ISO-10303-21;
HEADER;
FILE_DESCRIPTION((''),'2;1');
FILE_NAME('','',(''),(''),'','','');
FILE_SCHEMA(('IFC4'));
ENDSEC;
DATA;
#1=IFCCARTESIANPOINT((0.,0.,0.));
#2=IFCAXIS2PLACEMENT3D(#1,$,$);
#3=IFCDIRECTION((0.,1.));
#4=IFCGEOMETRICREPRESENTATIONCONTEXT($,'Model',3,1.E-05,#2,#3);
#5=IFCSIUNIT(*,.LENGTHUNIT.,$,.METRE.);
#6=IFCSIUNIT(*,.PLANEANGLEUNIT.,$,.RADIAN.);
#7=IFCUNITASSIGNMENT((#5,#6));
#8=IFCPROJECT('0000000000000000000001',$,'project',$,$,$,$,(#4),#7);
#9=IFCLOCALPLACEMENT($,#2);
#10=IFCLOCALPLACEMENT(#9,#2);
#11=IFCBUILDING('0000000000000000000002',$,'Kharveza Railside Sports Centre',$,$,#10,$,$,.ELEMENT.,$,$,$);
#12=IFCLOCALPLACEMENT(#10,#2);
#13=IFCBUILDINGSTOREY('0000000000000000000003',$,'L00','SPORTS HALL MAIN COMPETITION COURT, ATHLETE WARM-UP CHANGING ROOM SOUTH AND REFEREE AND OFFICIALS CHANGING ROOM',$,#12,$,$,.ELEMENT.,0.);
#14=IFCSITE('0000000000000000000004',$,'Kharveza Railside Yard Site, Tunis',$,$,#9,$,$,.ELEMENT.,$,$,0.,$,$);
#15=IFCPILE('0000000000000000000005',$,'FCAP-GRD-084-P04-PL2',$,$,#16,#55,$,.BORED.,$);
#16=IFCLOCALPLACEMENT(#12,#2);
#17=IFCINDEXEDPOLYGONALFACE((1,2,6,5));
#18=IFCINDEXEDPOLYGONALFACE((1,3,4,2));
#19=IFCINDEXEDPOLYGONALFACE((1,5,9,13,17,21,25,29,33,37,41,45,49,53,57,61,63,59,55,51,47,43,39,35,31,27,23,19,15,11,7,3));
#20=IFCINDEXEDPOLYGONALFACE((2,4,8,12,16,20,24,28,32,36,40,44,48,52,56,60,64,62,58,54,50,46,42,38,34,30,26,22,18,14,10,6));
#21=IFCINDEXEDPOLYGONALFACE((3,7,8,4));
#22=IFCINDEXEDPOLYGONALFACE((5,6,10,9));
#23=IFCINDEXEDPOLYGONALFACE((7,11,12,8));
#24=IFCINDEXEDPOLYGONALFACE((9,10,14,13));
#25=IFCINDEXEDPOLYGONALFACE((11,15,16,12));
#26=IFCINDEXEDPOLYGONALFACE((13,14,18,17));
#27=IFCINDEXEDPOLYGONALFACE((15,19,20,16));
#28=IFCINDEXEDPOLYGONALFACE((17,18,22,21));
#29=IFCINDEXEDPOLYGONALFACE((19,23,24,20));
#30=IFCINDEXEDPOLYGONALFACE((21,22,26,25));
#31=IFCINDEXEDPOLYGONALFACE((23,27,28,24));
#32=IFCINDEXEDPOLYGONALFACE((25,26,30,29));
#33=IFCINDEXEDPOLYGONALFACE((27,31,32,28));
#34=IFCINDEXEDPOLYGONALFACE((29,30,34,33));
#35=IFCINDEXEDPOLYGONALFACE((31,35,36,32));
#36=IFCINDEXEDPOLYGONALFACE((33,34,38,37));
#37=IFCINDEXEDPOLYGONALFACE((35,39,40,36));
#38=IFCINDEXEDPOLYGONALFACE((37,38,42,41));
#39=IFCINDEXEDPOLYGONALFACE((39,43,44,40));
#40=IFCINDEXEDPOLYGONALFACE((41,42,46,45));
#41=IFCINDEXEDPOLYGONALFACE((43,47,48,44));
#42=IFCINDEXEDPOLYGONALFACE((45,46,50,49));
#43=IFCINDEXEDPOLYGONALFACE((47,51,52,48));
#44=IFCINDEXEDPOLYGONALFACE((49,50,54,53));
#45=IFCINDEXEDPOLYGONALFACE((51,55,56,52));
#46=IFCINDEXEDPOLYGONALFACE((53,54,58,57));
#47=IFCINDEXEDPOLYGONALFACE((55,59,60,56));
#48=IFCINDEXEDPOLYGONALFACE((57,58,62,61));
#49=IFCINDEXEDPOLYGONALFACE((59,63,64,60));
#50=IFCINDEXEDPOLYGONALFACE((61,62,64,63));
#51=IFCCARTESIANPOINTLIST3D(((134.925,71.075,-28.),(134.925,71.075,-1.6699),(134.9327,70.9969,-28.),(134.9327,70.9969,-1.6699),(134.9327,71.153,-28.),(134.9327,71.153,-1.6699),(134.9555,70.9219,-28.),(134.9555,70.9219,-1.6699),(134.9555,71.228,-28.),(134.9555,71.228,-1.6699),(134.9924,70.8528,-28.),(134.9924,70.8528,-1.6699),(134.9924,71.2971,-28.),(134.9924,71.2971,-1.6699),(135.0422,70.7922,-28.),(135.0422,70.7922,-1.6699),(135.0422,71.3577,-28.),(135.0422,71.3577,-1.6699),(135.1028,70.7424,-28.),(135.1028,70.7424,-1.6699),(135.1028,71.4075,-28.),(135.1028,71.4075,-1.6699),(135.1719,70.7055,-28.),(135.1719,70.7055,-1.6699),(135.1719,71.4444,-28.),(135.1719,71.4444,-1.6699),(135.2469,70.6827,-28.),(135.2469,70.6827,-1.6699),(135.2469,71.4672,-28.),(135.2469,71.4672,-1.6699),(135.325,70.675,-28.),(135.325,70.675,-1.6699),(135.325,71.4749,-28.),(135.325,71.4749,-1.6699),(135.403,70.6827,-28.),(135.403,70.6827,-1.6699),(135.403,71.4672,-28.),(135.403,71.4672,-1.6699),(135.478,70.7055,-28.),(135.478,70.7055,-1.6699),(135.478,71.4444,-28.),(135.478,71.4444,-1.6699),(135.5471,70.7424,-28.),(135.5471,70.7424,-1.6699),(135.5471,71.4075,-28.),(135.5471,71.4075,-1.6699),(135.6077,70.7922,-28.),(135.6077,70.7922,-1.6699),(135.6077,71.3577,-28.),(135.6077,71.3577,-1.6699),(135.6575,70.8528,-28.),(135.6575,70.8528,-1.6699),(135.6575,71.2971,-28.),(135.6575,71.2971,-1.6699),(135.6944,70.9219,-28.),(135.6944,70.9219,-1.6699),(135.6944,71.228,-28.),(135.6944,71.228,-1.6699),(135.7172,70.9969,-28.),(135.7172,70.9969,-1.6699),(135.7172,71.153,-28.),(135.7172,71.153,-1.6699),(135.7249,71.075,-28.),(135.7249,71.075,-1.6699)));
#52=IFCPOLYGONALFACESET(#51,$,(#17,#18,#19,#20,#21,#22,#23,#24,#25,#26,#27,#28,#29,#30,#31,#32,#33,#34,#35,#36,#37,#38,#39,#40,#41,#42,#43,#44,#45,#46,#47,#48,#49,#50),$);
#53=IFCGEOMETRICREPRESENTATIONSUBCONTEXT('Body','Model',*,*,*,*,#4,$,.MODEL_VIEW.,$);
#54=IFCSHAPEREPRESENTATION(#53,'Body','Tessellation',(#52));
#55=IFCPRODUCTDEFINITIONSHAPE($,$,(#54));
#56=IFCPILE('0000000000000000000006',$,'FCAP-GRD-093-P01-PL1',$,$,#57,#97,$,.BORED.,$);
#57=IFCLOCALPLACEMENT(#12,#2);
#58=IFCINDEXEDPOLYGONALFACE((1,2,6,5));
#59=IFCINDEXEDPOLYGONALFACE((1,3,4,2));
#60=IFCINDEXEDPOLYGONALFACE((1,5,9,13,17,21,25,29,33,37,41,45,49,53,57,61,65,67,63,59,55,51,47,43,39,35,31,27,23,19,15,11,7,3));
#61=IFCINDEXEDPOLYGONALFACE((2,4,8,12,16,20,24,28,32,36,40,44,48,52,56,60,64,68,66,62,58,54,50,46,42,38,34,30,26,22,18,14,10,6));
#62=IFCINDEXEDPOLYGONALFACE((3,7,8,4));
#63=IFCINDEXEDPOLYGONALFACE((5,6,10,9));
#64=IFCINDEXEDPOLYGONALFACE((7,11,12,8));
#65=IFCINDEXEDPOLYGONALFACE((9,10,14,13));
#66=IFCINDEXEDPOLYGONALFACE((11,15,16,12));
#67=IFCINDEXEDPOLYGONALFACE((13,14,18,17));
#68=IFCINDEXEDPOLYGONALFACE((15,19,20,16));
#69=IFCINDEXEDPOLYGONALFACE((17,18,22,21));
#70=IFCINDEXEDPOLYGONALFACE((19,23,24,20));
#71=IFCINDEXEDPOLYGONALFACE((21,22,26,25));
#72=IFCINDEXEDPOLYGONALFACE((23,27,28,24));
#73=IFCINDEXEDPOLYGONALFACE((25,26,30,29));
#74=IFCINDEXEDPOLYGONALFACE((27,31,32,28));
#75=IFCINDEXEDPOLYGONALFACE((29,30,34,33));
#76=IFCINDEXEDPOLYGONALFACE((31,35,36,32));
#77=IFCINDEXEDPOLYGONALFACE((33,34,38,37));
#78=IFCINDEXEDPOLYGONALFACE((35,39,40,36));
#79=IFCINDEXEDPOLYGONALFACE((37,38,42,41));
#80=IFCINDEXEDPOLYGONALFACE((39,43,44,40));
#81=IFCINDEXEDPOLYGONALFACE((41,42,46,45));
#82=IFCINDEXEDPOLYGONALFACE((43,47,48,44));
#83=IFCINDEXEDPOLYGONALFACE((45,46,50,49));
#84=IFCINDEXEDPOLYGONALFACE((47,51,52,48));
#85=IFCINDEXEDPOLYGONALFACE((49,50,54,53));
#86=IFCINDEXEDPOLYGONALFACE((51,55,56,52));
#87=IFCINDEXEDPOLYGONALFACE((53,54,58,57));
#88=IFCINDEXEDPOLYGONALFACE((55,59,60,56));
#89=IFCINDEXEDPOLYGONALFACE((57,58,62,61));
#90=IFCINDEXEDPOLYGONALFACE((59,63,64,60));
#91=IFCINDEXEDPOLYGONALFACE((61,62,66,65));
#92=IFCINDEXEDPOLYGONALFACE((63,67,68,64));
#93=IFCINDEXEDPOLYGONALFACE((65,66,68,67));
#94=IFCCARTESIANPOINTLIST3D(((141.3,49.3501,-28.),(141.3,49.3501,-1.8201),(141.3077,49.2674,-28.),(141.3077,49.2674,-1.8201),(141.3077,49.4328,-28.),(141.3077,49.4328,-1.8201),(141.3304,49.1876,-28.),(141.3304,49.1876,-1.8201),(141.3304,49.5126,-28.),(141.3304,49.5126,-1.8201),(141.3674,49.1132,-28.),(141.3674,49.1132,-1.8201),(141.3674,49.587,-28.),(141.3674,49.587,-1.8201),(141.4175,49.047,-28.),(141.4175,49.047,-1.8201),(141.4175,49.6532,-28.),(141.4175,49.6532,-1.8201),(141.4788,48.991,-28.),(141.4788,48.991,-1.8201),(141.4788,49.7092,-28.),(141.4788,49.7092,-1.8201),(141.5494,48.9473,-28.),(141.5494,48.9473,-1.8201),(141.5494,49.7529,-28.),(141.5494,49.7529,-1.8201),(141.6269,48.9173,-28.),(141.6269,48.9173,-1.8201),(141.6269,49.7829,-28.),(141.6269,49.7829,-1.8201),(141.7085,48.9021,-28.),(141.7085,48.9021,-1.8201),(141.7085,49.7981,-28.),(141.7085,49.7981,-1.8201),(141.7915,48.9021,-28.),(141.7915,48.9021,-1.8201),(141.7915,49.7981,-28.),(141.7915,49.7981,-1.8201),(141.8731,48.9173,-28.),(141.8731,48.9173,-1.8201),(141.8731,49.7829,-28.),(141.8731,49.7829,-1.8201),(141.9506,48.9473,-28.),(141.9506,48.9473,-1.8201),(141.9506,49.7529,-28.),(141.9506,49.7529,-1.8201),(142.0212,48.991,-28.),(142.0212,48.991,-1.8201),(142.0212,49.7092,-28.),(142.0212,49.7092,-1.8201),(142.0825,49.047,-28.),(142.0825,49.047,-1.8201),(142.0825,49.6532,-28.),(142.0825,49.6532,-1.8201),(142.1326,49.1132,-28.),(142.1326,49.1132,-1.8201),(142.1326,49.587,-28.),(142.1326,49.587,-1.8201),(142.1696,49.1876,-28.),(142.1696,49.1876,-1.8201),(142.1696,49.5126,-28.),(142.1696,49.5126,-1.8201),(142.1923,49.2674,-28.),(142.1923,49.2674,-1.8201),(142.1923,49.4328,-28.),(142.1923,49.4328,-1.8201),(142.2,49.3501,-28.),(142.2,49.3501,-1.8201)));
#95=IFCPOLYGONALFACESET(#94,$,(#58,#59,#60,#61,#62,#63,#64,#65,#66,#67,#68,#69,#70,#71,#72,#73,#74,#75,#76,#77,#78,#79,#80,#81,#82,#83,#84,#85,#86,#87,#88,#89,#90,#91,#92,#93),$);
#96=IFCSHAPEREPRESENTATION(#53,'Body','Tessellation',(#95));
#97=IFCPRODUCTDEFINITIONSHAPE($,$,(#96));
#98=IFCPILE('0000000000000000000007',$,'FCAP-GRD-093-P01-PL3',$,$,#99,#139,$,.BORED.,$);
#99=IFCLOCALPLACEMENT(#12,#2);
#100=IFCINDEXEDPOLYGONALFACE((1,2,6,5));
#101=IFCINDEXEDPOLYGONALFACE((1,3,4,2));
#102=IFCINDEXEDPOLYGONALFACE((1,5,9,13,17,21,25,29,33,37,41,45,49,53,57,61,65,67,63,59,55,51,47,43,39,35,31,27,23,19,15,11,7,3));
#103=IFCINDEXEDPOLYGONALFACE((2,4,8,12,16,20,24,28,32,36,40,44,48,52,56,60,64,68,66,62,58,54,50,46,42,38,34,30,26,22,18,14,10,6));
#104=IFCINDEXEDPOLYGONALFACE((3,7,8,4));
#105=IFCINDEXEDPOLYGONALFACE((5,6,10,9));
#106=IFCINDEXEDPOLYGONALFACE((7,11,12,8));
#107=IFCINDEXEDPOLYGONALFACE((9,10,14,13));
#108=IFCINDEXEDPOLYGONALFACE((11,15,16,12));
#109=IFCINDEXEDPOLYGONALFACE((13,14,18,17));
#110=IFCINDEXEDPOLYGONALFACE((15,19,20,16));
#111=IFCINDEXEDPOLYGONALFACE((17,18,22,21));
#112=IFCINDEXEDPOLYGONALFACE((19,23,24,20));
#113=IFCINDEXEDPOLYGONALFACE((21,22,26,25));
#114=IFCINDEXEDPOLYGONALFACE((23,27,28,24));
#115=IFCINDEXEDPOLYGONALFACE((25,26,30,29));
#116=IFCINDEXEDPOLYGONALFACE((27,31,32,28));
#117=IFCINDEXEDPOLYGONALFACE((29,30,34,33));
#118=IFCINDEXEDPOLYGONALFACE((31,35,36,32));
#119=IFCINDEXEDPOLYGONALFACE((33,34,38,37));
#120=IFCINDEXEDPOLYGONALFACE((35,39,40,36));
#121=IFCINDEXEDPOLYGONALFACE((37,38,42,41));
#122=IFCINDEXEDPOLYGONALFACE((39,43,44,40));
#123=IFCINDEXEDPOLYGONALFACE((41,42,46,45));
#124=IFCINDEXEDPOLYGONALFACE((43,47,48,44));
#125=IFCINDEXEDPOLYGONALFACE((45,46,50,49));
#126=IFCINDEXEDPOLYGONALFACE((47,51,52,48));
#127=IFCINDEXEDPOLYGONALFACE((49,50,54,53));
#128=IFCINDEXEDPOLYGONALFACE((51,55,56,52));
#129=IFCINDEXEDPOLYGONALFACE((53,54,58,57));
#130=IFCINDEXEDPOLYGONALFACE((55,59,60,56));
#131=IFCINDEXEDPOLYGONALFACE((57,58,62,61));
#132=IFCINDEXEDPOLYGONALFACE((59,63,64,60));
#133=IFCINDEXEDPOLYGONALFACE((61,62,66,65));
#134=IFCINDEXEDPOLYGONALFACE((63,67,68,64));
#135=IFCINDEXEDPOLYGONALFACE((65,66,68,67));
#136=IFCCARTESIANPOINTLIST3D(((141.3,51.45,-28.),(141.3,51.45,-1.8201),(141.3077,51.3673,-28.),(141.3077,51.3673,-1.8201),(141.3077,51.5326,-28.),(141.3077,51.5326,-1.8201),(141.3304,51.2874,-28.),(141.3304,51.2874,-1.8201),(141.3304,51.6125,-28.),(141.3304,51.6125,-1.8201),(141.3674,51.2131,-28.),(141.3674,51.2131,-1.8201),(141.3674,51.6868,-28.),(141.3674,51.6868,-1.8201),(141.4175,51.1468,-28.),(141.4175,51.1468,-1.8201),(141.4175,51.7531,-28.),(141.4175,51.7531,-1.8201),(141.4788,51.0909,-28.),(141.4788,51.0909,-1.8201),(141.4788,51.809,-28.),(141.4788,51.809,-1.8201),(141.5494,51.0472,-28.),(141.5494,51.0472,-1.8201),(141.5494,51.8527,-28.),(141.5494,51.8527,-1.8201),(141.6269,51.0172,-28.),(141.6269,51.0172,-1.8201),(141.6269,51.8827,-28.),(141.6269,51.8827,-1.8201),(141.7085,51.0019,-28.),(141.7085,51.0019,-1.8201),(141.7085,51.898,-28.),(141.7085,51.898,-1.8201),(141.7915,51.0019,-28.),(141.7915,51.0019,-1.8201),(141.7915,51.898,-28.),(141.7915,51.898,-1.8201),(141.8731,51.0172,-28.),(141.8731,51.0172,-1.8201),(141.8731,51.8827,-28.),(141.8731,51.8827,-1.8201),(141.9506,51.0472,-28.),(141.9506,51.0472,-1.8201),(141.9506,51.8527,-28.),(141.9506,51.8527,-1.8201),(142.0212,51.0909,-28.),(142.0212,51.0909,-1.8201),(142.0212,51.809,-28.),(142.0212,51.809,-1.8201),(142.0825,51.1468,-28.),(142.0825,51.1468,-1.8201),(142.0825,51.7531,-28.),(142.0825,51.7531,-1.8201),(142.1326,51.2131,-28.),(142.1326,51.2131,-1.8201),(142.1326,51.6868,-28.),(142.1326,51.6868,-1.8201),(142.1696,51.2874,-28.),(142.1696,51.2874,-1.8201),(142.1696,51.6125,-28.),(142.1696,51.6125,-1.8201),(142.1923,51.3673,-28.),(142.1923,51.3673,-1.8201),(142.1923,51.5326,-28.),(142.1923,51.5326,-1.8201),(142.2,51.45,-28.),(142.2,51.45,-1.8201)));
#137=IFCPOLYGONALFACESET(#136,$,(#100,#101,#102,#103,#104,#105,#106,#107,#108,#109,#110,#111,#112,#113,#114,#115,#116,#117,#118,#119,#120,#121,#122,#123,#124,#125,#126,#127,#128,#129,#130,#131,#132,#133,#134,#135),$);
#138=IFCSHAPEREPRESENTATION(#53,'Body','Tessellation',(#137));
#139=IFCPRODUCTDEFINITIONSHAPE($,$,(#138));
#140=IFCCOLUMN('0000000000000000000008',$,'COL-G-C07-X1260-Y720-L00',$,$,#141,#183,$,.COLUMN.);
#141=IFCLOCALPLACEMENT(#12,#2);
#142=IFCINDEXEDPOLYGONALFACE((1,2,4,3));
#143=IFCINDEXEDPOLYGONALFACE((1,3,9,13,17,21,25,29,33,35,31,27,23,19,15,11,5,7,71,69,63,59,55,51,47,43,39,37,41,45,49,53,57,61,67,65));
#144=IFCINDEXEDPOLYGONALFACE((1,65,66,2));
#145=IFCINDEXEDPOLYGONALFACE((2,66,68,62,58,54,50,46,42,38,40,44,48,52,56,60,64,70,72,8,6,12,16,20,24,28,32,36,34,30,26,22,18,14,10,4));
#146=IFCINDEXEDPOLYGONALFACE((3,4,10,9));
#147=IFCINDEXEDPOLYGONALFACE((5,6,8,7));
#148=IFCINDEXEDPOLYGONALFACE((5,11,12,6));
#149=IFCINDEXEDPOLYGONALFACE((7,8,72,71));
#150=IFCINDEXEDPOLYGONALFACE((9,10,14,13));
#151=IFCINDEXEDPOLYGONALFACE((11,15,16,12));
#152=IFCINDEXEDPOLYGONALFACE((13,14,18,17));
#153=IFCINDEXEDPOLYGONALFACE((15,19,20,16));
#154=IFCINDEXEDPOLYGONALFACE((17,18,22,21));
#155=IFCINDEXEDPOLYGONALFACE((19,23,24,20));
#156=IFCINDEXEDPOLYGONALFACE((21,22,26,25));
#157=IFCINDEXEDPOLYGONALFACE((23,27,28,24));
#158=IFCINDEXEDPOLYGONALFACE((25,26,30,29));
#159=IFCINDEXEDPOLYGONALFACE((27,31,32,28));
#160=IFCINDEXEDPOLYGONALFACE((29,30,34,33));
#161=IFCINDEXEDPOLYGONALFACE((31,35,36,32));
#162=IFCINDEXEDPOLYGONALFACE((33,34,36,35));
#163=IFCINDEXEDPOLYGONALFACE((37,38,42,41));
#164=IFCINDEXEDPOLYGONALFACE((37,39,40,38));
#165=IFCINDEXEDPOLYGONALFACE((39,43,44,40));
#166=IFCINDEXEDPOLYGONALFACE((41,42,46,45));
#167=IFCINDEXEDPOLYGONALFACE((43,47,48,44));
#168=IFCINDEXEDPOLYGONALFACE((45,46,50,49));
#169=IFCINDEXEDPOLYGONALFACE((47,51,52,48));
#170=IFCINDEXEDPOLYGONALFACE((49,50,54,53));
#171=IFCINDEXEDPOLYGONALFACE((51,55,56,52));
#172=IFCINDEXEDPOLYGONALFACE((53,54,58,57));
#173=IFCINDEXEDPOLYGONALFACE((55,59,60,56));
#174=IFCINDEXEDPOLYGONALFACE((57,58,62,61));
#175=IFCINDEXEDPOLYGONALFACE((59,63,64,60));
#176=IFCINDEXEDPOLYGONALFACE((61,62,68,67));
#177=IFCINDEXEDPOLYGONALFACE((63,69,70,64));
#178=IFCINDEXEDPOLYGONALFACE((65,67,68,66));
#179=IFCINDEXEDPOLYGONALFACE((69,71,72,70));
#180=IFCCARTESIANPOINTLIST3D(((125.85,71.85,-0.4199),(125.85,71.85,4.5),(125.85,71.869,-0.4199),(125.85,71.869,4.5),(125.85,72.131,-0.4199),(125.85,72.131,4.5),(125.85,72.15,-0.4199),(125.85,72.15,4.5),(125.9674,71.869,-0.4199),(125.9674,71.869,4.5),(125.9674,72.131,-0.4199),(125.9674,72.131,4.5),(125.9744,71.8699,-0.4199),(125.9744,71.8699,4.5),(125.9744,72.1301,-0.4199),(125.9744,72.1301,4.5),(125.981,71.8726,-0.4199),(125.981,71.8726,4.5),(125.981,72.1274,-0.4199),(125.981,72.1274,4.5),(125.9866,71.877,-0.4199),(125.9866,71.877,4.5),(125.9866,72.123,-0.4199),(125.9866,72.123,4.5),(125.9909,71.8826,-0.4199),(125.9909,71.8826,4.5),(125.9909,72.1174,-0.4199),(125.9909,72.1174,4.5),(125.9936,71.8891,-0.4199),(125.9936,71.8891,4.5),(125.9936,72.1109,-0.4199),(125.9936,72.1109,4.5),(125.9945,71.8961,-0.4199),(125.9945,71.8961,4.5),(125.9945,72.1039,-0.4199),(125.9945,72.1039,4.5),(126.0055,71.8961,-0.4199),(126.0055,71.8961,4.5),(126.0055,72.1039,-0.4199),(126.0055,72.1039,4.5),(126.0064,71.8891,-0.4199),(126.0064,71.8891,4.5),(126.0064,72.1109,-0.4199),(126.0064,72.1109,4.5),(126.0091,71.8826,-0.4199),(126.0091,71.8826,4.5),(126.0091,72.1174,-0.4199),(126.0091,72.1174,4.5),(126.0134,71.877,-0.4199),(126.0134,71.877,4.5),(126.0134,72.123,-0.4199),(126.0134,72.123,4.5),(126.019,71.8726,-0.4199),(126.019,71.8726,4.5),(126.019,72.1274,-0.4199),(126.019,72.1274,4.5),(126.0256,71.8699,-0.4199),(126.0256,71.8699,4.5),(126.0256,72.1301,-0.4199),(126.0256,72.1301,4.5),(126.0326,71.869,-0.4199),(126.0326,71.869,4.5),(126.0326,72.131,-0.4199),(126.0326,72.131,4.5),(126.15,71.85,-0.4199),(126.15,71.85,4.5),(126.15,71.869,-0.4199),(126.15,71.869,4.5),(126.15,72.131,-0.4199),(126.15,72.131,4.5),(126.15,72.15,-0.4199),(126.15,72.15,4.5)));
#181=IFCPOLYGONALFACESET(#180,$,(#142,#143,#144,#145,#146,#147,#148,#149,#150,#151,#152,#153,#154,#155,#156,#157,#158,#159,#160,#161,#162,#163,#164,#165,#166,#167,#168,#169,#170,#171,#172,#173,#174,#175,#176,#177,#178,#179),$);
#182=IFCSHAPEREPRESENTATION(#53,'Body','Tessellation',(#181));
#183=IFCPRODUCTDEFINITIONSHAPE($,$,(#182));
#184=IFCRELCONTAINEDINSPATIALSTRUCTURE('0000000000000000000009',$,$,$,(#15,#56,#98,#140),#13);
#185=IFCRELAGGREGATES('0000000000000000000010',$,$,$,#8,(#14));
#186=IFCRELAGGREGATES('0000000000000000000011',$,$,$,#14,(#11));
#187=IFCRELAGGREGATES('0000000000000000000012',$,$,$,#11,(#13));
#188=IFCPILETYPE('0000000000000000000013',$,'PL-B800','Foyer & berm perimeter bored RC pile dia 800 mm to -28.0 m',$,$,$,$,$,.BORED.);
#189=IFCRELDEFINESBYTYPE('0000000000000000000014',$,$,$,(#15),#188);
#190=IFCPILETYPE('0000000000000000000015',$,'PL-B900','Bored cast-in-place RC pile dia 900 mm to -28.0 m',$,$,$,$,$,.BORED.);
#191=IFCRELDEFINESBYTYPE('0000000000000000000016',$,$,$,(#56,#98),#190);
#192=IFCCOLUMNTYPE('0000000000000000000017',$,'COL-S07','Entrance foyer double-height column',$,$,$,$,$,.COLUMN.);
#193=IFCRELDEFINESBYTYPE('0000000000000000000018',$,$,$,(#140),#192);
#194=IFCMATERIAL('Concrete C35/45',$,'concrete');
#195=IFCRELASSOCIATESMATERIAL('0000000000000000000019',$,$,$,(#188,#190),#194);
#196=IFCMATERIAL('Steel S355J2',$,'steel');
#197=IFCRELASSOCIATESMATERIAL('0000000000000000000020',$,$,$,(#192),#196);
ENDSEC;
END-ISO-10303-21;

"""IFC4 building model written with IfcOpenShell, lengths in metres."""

from ifc_helpers import new_model, si_unit, direction, frame, origin, origin_2d, place, context, subcontext, project, spatial, circle, i_section, extrude, material, material_profile, profile_set, type_object, element, save


model = new_model("IFC4")

# Units and contexts
model_context = context("Model", 3, precision=1e-05, world=origin(), true_north=direction((0.0, 1.0)))
body_context = subcontext(model_context, "Body", "Model", "MODEL_VIEW")
ifc_project = project(units=[si_unit("LENGTHUNIT", "METRE"), si_unit("PLANEANGLEUNIT", "RADIAN")], contexts=[model_context])

# Site, building, storey
site_placement = place(None, origin())
site = spatial("IfcSite", under=ifc_project, at=site_placement, Name="Kharveza Railside Yard Site, Tunis", CompositionType="ELEMENT", RefElevation=0.0)
building_placement = place(site_placement, origin())
building = spatial("IfcBuilding", under=site, at=building_placement, Name="Kharveza Railside Sports Centre", CompositionType="ELEMENT")
storey_placement = place(building_placement, origin())
storey = spatial("IfcBuildingStorey", under=building, at=storey_placement, Name="L00", Description="SPORTS HALL MAIN COMPETITION COURT, ATHLETE WARM-UP CHANGING ROOM SOUTH AND REFEREE AND OFFICIALS CHANGING ROOM", CompositionType="ELEMENT", Elevation=0.0)

# Shared definitions
ifc_material_1 = material(Name="Concrete C35/45", Category="concrete")

# Piles
ifc_material_profile_1 = material_profile(ifc_material_1, circle(Radius=0.3999, at=origin_2d()), Name="PILE D800")
ifc_profile_set_1 = profile_set([ifc_material_profile_1], Name="Concrete C35/45")
pile_type_1 = type_object("IfcPileType", Name="PL-B800", Description="Foyer & berm perimeter bored RC pile dia 800 mm to -28.0 m", PredefinedType="BORED", material=ifc_profile_set_1)
for number, where, z_axis, x_axis, name in (
    (1, (135.325, 71.075, -1.6699), (0.0, 0.0, -1.0), (1.0, 0.0, 0.0), "FCAP-GRD-084-P04-PL2"),
):
    element("IfcPile", number, at=place(storey_placement, frame(where, z_axis=z_axis, x_axis=x_axis)), inside=storey, type_object=pile_type_1, Name=name, PredefinedType="BORED", context=body_context, shape_type="SweptSolid", body=[
        extrude(circle(Radius=0.3999, at=origin_2d()), origin(), (0.0, 0.0, 1.0), 26.3301),
    ])
ifc_material_profile_2 = material_profile(ifc_material_1, circle(Radius=0.45, at=origin_2d()), Name="PILE D900")
ifc_profile_set_2 = profile_set([ifc_material_profile_2], Name="Concrete C35/45")
pile_type_2 = type_object("IfcPileType", Name="PL-B900", Description="Bored cast-in-place RC pile dia 900 mm to -28.0 m", PredefinedType="BORED", material=ifc_profile_set_2)
for number, where, z_axis, x_axis, name in (
    (2, (141.75, 49.3501, -1.8201), (0.0, 0.0, -1.0), (1.0, 0.0, 0.0), "FCAP-GRD-093-P01-PL1"),
    (3, (141.75, 51.45, -1.8201), (0.0, 0.0, -1.0), (1.0, 0.0, 0.0), "FCAP-GRD-093-P01-PL3"),
):
    element("IfcPile", number, at=place(storey_placement, frame(where, z_axis=z_axis, x_axis=x_axis)), inside=storey, type_object=pile_type_2, Name=name, PredefinedType="BORED", context=body_context, shape_type="SweptSolid", body=[
        extrude(circle(Radius=0.45, at=origin_2d()), origin(), (0.0, 0.0, 1.0), 26.1799),
    ])

# Column
ifc_material_2 = material(Name="Steel S355J2", Category="steel")
ifc_material_profile_3 = material_profile(ifc_material_2, i_section(OverallWidth=0.3, OverallDepth=0.3, WebThickness=0.011, FlangeThickness=0.019, FilletRadius=0.0271, at=origin_2d()), Name="HEB 300")
ifc_profile_set_3 = profile_set([ifc_material_profile_3], Name="Steel S355J2")
column_type = type_object("IfcColumnType", Name="COL-S07", Description="Entrance foyer double-height column", PredefinedType="COLUMN", material=ifc_profile_set_3)
column_placement = place(storey_placement, frame((126.0, 72.0, -0.4199), z_axis=(0.0, 0.0, 1.0), x_axis=(1.0, 0.0, 0.0)))
element("IfcColumn", 4, at=column_placement, inside=storey, type_object=column_type, Name="COL-G-C07-X1260-Y720-L00", PredefinedType="COLUMN", context=body_context, shape_type="SweptSolid", body=[
    extrude(i_section(OverallWidth=0.3, OverallDepth=0.3, WebThickness=0.011, FlangeThickness=0.019, FilletRadius=0.0271, at=origin_2d()), origin(), (0.0, 0.0, 1.0), 4.9199),
])

save(model, "model.ifc")
